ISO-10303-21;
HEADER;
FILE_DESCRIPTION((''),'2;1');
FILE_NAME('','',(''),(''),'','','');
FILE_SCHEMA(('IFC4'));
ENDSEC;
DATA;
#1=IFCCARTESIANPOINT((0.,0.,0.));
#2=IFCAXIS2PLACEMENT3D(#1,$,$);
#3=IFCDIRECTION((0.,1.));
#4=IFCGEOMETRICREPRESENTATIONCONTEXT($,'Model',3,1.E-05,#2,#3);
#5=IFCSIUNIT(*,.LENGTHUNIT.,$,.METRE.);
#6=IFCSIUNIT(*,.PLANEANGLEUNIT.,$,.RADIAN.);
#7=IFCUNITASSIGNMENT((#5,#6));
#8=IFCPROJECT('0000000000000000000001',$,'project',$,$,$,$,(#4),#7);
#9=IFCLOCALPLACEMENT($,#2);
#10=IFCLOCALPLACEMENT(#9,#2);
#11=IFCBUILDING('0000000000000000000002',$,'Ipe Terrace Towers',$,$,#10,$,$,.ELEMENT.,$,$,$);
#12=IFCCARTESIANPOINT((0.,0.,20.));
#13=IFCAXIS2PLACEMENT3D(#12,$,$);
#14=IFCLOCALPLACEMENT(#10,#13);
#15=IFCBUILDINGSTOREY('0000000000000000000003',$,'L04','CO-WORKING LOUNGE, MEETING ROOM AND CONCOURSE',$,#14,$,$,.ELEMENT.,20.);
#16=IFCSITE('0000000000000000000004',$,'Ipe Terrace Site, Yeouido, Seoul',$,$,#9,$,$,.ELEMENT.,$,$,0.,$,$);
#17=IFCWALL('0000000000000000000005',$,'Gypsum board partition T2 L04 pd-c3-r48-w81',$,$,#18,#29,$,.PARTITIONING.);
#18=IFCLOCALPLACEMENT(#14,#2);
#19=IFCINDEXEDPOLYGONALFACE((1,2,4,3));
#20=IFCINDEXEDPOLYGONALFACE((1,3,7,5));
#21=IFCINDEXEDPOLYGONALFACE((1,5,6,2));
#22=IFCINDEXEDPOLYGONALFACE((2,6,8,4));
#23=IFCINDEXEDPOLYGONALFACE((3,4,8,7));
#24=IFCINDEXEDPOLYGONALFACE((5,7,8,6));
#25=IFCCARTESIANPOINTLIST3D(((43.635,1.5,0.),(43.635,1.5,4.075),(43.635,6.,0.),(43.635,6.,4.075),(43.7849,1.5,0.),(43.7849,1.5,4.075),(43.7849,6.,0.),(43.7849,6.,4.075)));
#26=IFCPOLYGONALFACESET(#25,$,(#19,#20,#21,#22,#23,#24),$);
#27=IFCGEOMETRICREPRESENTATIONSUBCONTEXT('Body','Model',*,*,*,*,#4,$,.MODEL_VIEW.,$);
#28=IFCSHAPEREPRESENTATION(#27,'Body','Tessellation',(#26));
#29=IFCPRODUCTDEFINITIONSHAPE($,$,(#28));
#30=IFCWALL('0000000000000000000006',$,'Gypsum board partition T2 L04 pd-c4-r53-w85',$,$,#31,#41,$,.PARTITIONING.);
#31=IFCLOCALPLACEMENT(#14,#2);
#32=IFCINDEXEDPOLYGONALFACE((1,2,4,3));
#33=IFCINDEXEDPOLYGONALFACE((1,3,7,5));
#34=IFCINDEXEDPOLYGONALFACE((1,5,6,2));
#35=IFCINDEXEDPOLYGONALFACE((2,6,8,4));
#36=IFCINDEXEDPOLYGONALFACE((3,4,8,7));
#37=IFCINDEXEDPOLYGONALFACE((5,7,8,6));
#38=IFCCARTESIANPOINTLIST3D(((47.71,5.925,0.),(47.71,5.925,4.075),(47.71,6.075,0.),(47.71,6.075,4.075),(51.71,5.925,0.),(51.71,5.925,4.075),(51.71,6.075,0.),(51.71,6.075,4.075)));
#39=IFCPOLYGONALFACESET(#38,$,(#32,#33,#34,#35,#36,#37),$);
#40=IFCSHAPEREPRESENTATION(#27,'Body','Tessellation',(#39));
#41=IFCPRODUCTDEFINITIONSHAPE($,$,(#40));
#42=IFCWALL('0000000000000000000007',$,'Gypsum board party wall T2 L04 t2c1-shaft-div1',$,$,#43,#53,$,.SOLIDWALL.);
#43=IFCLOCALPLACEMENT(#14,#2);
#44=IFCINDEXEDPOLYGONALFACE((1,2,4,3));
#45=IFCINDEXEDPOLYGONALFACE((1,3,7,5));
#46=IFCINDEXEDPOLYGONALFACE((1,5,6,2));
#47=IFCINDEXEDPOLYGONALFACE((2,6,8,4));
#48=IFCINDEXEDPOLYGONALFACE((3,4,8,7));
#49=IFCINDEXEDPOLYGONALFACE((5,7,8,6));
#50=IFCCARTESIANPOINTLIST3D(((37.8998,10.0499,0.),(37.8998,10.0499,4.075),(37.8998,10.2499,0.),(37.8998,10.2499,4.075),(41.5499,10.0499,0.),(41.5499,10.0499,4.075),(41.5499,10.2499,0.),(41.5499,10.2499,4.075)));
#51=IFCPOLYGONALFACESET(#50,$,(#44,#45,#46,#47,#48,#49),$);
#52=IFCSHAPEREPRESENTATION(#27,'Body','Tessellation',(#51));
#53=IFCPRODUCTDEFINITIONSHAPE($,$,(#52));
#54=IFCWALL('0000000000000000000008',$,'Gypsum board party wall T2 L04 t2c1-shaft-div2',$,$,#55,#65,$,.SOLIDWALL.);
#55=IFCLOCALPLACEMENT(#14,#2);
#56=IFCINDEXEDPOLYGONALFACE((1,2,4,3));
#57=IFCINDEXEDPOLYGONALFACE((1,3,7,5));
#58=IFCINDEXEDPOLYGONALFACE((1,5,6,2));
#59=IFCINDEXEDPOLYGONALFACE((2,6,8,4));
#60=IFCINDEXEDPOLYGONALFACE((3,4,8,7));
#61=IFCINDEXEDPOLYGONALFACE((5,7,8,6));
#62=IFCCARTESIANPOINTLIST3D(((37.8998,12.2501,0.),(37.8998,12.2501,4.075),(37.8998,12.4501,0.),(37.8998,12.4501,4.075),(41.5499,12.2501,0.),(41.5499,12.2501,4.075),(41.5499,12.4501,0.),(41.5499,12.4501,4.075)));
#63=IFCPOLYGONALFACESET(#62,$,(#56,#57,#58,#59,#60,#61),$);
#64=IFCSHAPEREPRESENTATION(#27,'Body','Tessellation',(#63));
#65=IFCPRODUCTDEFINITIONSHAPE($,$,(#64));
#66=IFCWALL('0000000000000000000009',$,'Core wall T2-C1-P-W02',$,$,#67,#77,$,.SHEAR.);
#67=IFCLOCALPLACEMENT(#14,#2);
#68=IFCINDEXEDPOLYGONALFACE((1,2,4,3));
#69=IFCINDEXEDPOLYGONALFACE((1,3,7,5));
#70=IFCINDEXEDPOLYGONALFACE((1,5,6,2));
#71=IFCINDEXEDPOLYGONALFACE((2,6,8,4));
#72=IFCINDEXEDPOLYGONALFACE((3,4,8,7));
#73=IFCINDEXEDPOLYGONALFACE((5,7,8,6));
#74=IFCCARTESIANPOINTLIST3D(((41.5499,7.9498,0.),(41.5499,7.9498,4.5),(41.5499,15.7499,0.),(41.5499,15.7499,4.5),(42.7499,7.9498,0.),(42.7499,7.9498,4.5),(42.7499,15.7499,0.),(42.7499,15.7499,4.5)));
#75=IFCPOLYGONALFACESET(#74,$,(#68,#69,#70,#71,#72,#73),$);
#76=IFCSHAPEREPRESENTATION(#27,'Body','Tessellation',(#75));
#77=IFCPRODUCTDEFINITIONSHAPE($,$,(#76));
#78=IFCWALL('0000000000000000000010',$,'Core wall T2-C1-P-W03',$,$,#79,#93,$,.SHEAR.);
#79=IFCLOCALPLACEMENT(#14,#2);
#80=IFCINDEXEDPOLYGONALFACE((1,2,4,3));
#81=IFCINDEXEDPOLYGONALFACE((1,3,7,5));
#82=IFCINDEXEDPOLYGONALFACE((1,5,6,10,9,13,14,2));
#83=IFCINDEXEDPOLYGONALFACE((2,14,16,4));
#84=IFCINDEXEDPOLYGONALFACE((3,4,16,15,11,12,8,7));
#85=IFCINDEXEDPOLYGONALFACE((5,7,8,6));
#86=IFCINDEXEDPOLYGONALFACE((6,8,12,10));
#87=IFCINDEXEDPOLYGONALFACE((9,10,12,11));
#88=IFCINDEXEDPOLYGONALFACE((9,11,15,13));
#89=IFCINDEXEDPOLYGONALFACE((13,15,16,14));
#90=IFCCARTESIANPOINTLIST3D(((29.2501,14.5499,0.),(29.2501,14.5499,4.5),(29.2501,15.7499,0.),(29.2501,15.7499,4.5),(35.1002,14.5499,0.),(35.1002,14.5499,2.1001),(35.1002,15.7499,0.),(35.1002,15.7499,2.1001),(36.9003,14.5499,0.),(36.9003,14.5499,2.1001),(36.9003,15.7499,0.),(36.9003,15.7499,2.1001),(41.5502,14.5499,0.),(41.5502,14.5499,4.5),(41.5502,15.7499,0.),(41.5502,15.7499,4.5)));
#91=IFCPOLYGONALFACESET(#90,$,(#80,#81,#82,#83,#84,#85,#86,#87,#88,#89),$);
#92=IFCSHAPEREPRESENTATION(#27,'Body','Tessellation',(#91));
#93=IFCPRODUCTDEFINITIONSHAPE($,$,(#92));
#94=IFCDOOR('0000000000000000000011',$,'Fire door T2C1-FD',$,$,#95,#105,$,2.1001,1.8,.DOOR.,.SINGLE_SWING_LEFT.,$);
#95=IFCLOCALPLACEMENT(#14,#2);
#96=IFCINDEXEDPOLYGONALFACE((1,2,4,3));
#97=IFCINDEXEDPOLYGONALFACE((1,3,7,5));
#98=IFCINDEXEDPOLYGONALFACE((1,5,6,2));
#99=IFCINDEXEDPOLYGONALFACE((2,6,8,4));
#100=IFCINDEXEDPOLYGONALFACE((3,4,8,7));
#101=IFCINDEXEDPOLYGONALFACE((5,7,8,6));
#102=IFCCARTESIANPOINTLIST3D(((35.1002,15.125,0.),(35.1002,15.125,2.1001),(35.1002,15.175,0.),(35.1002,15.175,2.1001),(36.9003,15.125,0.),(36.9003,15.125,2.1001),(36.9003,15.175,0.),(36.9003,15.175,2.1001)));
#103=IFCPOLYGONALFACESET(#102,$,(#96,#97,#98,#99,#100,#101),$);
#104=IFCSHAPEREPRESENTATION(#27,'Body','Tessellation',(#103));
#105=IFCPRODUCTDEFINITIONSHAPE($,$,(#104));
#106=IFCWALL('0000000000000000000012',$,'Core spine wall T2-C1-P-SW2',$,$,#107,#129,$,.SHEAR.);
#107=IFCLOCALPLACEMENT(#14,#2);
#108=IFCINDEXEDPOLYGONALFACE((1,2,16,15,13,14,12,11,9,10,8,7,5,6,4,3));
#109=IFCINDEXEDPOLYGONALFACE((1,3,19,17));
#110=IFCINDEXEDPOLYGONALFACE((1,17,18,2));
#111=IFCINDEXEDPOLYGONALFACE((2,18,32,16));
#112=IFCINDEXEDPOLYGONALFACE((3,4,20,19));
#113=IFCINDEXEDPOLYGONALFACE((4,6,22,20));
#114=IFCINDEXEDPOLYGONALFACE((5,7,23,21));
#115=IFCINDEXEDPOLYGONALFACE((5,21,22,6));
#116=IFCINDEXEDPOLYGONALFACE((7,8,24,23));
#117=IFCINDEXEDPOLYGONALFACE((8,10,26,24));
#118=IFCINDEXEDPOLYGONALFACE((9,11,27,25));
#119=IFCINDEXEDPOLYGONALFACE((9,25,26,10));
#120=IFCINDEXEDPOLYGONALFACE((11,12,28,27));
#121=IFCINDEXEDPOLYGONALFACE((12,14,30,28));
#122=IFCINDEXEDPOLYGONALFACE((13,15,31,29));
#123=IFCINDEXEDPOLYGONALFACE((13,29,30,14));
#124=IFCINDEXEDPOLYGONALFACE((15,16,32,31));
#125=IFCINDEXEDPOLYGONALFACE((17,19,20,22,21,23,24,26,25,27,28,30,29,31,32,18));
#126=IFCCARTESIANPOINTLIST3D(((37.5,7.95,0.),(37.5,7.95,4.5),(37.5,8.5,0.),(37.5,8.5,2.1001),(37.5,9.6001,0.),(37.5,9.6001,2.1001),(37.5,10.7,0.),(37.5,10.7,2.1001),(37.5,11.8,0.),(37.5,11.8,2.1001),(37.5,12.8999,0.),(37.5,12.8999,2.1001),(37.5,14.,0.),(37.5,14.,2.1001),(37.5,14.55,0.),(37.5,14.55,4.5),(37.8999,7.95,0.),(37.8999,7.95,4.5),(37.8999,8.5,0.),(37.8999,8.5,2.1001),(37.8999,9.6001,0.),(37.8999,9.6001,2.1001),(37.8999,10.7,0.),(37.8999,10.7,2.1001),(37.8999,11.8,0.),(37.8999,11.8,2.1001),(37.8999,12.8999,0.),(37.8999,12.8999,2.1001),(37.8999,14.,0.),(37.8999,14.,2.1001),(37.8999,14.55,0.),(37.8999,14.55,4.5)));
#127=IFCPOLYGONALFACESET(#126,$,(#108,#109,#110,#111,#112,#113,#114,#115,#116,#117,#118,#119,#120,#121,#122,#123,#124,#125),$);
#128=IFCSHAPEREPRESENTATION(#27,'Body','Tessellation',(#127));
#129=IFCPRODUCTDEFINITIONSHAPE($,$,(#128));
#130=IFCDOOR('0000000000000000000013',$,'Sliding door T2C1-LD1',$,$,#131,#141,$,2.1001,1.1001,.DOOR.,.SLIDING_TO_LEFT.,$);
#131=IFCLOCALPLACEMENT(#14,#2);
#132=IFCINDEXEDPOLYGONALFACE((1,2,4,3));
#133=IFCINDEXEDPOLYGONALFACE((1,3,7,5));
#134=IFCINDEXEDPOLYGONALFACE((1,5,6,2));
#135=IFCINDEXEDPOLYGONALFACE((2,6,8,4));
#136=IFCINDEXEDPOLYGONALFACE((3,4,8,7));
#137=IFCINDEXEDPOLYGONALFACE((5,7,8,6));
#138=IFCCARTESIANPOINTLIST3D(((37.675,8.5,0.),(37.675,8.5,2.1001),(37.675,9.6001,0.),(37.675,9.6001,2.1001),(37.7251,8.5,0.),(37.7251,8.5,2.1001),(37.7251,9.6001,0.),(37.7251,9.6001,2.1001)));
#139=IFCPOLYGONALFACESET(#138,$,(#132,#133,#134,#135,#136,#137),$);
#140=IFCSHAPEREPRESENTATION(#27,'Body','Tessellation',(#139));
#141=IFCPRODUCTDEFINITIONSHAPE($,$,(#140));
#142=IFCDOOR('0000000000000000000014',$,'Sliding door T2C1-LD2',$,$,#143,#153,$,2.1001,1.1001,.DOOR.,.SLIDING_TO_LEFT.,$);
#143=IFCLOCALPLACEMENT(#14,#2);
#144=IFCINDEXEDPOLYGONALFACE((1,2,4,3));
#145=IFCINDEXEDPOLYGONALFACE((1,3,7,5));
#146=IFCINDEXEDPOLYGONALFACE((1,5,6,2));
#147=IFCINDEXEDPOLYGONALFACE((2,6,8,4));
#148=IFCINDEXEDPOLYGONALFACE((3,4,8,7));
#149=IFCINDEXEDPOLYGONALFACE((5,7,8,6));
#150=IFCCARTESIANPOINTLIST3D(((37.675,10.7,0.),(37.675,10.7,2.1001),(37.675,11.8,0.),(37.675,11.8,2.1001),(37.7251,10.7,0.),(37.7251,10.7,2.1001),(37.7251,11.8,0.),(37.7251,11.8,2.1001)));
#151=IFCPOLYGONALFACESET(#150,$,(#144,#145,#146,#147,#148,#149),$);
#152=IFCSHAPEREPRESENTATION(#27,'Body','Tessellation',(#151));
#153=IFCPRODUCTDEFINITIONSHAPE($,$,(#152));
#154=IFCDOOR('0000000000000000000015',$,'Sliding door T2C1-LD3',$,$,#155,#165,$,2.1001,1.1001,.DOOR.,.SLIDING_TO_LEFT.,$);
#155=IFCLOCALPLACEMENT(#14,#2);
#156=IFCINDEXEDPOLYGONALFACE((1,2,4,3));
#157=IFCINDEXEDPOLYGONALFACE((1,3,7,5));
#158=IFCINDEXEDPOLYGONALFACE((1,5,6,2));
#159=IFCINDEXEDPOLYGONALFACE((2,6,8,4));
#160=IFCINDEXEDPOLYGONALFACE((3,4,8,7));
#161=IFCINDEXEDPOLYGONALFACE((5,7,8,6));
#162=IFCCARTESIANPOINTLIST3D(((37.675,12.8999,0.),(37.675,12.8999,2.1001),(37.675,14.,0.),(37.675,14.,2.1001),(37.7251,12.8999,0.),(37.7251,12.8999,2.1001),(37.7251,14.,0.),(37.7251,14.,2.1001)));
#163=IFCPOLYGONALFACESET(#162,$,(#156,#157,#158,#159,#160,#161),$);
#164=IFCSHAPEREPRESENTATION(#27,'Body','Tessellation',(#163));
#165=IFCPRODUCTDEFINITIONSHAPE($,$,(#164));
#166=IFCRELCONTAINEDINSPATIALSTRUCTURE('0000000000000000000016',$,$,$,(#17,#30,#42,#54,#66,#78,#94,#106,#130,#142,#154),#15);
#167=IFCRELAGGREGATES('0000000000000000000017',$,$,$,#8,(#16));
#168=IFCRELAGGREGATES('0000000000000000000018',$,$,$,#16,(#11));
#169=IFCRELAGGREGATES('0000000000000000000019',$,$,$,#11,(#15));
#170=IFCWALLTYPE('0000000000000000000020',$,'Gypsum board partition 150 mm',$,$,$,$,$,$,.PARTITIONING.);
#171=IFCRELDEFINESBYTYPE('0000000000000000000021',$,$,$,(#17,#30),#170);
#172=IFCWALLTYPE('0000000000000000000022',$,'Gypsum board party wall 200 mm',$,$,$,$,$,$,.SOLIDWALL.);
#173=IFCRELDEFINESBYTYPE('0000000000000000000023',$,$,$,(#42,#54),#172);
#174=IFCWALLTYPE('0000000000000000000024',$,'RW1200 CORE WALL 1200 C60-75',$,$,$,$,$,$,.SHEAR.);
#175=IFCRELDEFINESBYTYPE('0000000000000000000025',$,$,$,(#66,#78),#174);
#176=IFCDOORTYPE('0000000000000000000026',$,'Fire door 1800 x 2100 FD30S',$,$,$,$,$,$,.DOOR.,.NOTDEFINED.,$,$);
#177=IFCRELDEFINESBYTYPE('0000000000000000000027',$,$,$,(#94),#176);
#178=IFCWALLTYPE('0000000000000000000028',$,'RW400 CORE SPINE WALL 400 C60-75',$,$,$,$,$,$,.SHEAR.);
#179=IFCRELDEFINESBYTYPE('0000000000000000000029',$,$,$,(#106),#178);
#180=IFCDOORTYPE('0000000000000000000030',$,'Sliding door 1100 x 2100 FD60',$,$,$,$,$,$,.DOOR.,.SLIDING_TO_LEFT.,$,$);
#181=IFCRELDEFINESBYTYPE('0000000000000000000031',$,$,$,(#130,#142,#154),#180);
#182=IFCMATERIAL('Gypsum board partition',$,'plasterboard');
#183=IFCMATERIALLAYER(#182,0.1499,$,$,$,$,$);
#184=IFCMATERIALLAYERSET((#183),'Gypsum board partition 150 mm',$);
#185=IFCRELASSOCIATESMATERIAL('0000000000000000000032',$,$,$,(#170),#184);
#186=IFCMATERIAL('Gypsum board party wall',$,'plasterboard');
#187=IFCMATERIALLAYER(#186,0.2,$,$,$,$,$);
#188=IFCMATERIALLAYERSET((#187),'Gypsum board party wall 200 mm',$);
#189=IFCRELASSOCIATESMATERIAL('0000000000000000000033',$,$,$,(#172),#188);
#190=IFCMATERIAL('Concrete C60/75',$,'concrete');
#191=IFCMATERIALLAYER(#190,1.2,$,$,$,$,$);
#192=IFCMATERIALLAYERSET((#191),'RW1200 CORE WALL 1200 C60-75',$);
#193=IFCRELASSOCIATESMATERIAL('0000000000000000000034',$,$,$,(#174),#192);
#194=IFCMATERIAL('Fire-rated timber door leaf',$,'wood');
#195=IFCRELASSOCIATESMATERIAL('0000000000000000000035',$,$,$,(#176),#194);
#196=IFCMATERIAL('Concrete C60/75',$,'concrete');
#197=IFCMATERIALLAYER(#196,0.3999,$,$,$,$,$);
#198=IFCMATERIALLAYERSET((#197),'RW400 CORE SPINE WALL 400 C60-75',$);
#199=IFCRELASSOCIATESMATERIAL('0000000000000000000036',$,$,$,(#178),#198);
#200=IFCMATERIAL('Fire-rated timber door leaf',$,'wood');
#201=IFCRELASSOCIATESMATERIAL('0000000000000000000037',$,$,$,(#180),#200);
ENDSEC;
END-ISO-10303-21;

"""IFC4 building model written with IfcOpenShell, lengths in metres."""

from ifc_helpers import new_model, si_unit, direction, frame, frame_2d, origin, place, context, subcontext, project, spatial, rectangle, extrude, material, layer, layer_set, type_object, element, fill, save


model = new_model("IFC4")

# Units and contexts
model_context = context("Model", 3, precision=1e-05, world=origin(), true_north=direction((0.0, 1.0)))
body_context = subcontext(model_context, "Body", "Model", "MODEL_VIEW")
ifc_project = project(units=[si_unit("LENGTHUNIT", "METRE"), si_unit("PLANEANGLEUNIT", "RADIAN")], contexts=[model_context])

# Site, building, storey
site_placement = place(None, origin())
site = spatial("IfcSite", under=ifc_project, at=site_placement, Name="Ipe Terrace Site, Yeouido, Seoul", CompositionType="ELEMENT", RefElevation=0.0)
building_placement = place(site_placement, origin())
building = spatial("IfcBuilding", under=site, at=building_placement, Name="Ipe Terrace Towers", CompositionType="ELEMENT")
storey_placement = place(building_placement, frame((0.0, 0.0, 20.0)))
storey = spatial("IfcBuildingStorey", under=building, at=storey_placement, Name="L04", Description="CO-WORKING LOUNGE, MEETING ROOM AND CONCOURSE", CompositionType="ELEMENT", Elevation=20.0)

# Walls
ifc_material_1 = material(Name="Gypsum board partition", Category="plasterboard")
ifc_layer_1 = layer(ifc_material_1, 0.1499)
ifc_layer_set_1 = layer_set([ifc_layer_1], Name="Gypsum board partition 150 mm")
wall_type_1 = type_object("IfcWallType", Name="Gypsum board partition 150 mm", PredefinedType="PARTITIONING", material=ifc_layer_set_1)
wall_1_placement = place(storey_placement, frame((43.71, 6.0, 0.0), z_axis=(0.0, 0.0, 1.0), x_axis=(0.0, -1.0, 0.0)))
element("IfcWall", 1, at=wall_1_placement, inside=storey, type_object=wall_type_1, Name="Gypsum board partition T2 L04 pd-c3-r48-w81", PredefinedType="PARTITIONING", context=body_context, shape_type="SweptSolid", body=[
    extrude(rectangle(XDim=4.5, YDim=0.1499, at=frame_2d((2.25, 0.0))), origin(), (0.0, 0.0, 1.0), 4.075),
])
wall_2_placement = place(storey_placement, frame((51.71, 6.0, 0.0), z_axis=(0.0, 0.0, 1.0), x_axis=(-1.0, 0.0, 0.0)))
element("IfcWall", 2, at=wall_2_placement, inside=storey, type_object=wall_type_1, Name="Gypsum board partition T2 L04 pd-c4-r53-w85", PredefinedType="PARTITIONING", context=body_context, shape_type="SweptSolid", body=[
    extrude(rectangle(XDim=4.0, YDim=0.1499, at=frame_2d((2.0, 0.0))), origin(), (0.0, 0.0, 1.0), 4.075),
])
ifc_material_2 = material(Name="Gypsum board party wall", Category="plasterboard")
ifc_layer_2 = layer(ifc_material_2, 0.2)
ifc_layer_set_2 = layer_set([ifc_layer_2], Name="Gypsum board party wall 200 mm")
wall_type_2 = type_object("IfcWallType", Name="Gypsum board party wall 200 mm", PredefinedType="SOLIDWALL", material=ifc_layer_set_2)
for number, where, z_axis, x_axis, name in (
    (3, (41.55, 10.1499, 0.0), (0.0, 0.0, 1.0), (-1.0, 0.0, 0.0), "Gypsum board party wall T2 L04 t2c1-shaft-div1"),
    (4, (41.55, 12.3501, 0.0), (0.0, 0.0, 1.0), (-1.0, 0.0, 0.0), "Gypsum board party wall T2 L04 t2c1-shaft-div2"),
):
    element("IfcWall", number, at=place(storey_placement, frame(where, z_axis=z_axis, x_axis=x_axis)), inside=storey, type_object=wall_type_2, Name=name, PredefinedType="SOLIDWALL", context=body_context, shape_type="SweptSolid", body=[
        extrude(rectangle(XDim=3.6501, YDim=0.2, at=frame_2d((1.8252, 0.0))), origin(), (0.0, 0.0, 1.0), 4.075),
    ])
ifc_material_3 = material(Name="Concrete C60/75", Category="concrete")
ifc_layer_3 = layer(ifc_material_3, 1.2)
ifc_layer_set_3 = layer_set([ifc_layer_3], Name="RW1200 CORE WALL 1200 C60-75")
wall_type_3 = type_object("IfcWallType", Name="RW1200 CORE WALL 1200 C60-75", PredefinedType="SHEAR", material=ifc_layer_set_3)
wall_3_placement = place(storey_placement, frame((42.1499, 7.95, 0.0), z_axis=(0.0, 0.0, 1.0), x_axis=(0.0, 1.0, 0.0)))
element("IfcWall", 5, at=wall_3_placement, inside=storey, type_object=wall_type_3, Name="Core wall T2-C1-P-W02", PredefinedType="SHEAR", context=body_context, shape_type="SweptSolid", body=[
    extrude(rectangle(XDim=7.8, YDim=1.2, at=frame_2d((3.8999, 0.0))), origin(), (0.0, 0.0, 1.0), 4.5),
])

# Wall, opening, door
wall_4_placement = place(storey_placement, frame((41.55, 15.1499, 0.0), z_axis=(0.0, 0.0, 1.0), x_axis=(-1.0, 0.0, 0.0)))
wall_4 = element("IfcWall", 6, at=wall_4_placement, inside=storey, type_object=wall_type_3, Name="Core wall T2-C1-P-W03", PredefinedType="SHEAR", context=body_context, shape_type="SweptSolid", body=[
    extrude(rectangle(XDim=12.3, YDim=1.2, at=frame_2d((6.1499, 0.0))), origin(), (0.0, 0.0, 1.0), 4.5),
])
opening_1_placement = place(wall_4_placement, frame((4.6499, 0.0, 0.0)))
opening_1 = element("IfcOpeningElement", 7, at=opening_1_placement, cuts=wall_4, PredefinedType="OPENING", context=body_context, shape_type="SweptSolid", body=[
    extrude(rectangle(XDim=1.8, YDim=2.1001, at=frame_2d((0.8999, 1.05))), frame((0.0, 0.6099, 0.0), z_axis=(0.0, -1.0, 0.0), x_axis=(1.0, 0.0, 0.0)), (0.0, 0.0, 1.0), 1.22),
])
ifc_material_4 = material(Name="Fire-rated timber door leaf", Category="wood")
door_type_1 = type_object("IfcDoorType", Name="Fire door 1800 x 2100 FD30S", OperationType="NOTDEFINED", PredefinedType="DOOR", material=ifc_material_4)
door_1_placement = place(opening_1_placement, origin())
door_1 = element("IfcDoor", 8, at=door_1_placement, inside=storey, type_object=door_type_1, Name="Fire door T2C1-FD", OperationType="SINGLE_SWING_LEFT", OverallHeight=2.1001, OverallWidth=1.8, PredefinedType="DOOR", context=body_context, shape_type="SweptSolid", body=[
    extrude(rectangle(XDim=1.8, YDim=2.1001, at=frame_2d((0.8999, 1.05))), frame((0.0, 0.0249, 0.0), z_axis=(0.0, -1.0, 0.0), x_axis=(1.0, 0.0, 0.0)), (0.0, 0.0, 1.0), 0.05),
])
fill(opening_1, door_1)

# Wall, openings, doors
ifc_material_5 = material(Name="Concrete C60/75", Category="concrete")
ifc_layer_4 = layer(ifc_material_5, 0.3999)
ifc_layer_set_4 = layer_set([ifc_layer_4], Name="RW400 CORE SPINE WALL 400 C60-75")
wall_type_4 = type_object("IfcWallType", Name="RW400 CORE SPINE WALL 400 C60-75", PredefinedType="SHEAR", material=ifc_layer_set_4)
wall_5_placement = place(storey_placement, frame((37.7, 7.95, 0.0), z_axis=(0.0, 0.0, 1.0), x_axis=(0.0, 1.0, 0.0)))
wall_5 = element("IfcWall", 9, at=wall_5_placement, inside=storey, type_object=wall_type_4, Name="Core spine wall T2-C1-P-SW2", PredefinedType="SHEAR", context=body_context, shape_type="SweptSolid", body=[
    extrude(rectangle(XDim=6.6001, YDim=0.3999, at=frame_2d((3.3, 0.0))), origin(), (0.0, 0.0, 1.0), 4.5),
])
opening_2_placement = place(wall_5_placement, frame((0.55, 0.0, 0.0)))
opening_2 = element("IfcOpeningElement", 10, at=opening_2_placement, cuts=wall_5, PredefinedType="OPENING", context=body_context, shape_type="SweptSolid", body=[
    extrude(rectangle(XDim=1.1001, YDim=2.1001, at=frame_2d((0.55, 1.05))), frame((0.0, 0.21, 0.0), z_axis=(0.0, -1.0, 0.0), x_axis=(1.0, 0.0, 0.0)), (0.0, 0.0, 1.0), 0.4199),
])
opening_3_placement = place(wall_5_placement, frame((2.75, 0.0, 0.0)))
opening_3 = element("IfcOpeningElement", 11, at=opening_3_placement, cuts=wall_5, PredefinedType="OPENING", context=body_context, shape_type="SweptSolid", body=[
    extrude(rectangle(XDim=1.1001, YDim=2.1001, at=frame_2d((0.55, 1.05))), frame((0.0, 0.21, 0.0), z_axis=(0.0, -1.0, 0.0), x_axis=(1.0, 0.0, 0.0)), (0.0, 0.0, 1.0), 0.4199),
])
opening_4_placement = place(wall_5_placement, frame((4.95, 0.0, 0.0)))
opening_4 = element("IfcOpeningElement", 12, at=opening_4_placement, cuts=wall_5, PredefinedType="OPENING", context=body_context, shape_type="SweptSolid", body=[
    extrude(rectangle(XDim=1.1001, YDim=2.1001, at=frame_2d((0.55, 1.05))), frame((0.0, 0.21, 0.0), z_axis=(0.0, -1.0, 0.0), x_axis=(1.0, 0.0, 0.0)), (0.0, 0.0, 1.0), 0.4199),
])
ifc_material_6 = material(Name="Fire-rated timber door leaf", Category="wood")
door_type_2 = type_object("IfcDoorType", Name="Sliding door 1100 x 2100 FD60", OperationType="SLIDING_TO_LEFT", PredefinedType="DOOR", material=ifc_material_6)
door_2_placement = place(opening_2_placement, origin())
door_2 = element("IfcDoor", 13, at=door_2_placement, inside=storey, type_object=door_type_2, Name="Sliding door T2C1-LD1", OperationType="SLIDING_TO_LEFT", OverallHeight=2.1001, OverallWidth=1.1001, PredefinedType="DOOR", context=body_context, shape_type="SweptSolid", body=[
    extrude(rectangle(XDim=1.1001, YDim=2.1001, at=frame_2d((0.55, 1.05))), frame((0.0, 0.0249, 0.0), z_axis=(0.0, -1.0, 0.0), x_axis=(1.0, 0.0, 0.0)), (0.0, 0.0, 1.0), 0.05),
])
fill(opening_2, door_2)
door_3_placement = place(opening_3_placement, origin())
door_3 = element("IfcDoor", 14, at=door_3_placement, inside=storey, type_object=door_type_2, Name="Sliding door T2C1-LD2", OperationType="SLIDING_TO_LEFT", OverallHeight=2.1001, OverallWidth=1.1001, PredefinedType="DOOR", context=body_context, shape_type="SweptSolid", body=[
    extrude(rectangle(XDim=1.1001, YDim=2.1001, at=frame_2d((0.55, 1.05))), frame((0.0, 0.0249, 0.0), z_axis=(0.0, -1.0, 0.0), x_axis=(1.0, 0.0, 0.0)), (0.0, 0.0, 1.0), 0.05),
])
fill(opening_3, door_3)
door_4_placement = place(opening_4_placement, origin())
door_4 = element("IfcDoor", 15, at=door_4_placement, inside=storey, type_object=door_type_2, Name="Sliding door T2C1-LD3", OperationType="SLIDING_TO_LEFT", OverallHeight=2.1001, OverallWidth=1.1001, PredefinedType="DOOR", context=body_context, shape_type="SweptSolid", body=[
    extrude(rectangle(XDim=1.1001, YDim=2.1001, at=frame_2d((0.55, 1.05))), frame((0.0, 0.0249, 0.0), z_axis=(0.0, -1.0, 0.0), x_axis=(1.0, 0.0, 0.0)), (0.0, 0.0, 1.0), 0.05),
])
fill(opening_4, door_4)

save(model, "model.ifc")
